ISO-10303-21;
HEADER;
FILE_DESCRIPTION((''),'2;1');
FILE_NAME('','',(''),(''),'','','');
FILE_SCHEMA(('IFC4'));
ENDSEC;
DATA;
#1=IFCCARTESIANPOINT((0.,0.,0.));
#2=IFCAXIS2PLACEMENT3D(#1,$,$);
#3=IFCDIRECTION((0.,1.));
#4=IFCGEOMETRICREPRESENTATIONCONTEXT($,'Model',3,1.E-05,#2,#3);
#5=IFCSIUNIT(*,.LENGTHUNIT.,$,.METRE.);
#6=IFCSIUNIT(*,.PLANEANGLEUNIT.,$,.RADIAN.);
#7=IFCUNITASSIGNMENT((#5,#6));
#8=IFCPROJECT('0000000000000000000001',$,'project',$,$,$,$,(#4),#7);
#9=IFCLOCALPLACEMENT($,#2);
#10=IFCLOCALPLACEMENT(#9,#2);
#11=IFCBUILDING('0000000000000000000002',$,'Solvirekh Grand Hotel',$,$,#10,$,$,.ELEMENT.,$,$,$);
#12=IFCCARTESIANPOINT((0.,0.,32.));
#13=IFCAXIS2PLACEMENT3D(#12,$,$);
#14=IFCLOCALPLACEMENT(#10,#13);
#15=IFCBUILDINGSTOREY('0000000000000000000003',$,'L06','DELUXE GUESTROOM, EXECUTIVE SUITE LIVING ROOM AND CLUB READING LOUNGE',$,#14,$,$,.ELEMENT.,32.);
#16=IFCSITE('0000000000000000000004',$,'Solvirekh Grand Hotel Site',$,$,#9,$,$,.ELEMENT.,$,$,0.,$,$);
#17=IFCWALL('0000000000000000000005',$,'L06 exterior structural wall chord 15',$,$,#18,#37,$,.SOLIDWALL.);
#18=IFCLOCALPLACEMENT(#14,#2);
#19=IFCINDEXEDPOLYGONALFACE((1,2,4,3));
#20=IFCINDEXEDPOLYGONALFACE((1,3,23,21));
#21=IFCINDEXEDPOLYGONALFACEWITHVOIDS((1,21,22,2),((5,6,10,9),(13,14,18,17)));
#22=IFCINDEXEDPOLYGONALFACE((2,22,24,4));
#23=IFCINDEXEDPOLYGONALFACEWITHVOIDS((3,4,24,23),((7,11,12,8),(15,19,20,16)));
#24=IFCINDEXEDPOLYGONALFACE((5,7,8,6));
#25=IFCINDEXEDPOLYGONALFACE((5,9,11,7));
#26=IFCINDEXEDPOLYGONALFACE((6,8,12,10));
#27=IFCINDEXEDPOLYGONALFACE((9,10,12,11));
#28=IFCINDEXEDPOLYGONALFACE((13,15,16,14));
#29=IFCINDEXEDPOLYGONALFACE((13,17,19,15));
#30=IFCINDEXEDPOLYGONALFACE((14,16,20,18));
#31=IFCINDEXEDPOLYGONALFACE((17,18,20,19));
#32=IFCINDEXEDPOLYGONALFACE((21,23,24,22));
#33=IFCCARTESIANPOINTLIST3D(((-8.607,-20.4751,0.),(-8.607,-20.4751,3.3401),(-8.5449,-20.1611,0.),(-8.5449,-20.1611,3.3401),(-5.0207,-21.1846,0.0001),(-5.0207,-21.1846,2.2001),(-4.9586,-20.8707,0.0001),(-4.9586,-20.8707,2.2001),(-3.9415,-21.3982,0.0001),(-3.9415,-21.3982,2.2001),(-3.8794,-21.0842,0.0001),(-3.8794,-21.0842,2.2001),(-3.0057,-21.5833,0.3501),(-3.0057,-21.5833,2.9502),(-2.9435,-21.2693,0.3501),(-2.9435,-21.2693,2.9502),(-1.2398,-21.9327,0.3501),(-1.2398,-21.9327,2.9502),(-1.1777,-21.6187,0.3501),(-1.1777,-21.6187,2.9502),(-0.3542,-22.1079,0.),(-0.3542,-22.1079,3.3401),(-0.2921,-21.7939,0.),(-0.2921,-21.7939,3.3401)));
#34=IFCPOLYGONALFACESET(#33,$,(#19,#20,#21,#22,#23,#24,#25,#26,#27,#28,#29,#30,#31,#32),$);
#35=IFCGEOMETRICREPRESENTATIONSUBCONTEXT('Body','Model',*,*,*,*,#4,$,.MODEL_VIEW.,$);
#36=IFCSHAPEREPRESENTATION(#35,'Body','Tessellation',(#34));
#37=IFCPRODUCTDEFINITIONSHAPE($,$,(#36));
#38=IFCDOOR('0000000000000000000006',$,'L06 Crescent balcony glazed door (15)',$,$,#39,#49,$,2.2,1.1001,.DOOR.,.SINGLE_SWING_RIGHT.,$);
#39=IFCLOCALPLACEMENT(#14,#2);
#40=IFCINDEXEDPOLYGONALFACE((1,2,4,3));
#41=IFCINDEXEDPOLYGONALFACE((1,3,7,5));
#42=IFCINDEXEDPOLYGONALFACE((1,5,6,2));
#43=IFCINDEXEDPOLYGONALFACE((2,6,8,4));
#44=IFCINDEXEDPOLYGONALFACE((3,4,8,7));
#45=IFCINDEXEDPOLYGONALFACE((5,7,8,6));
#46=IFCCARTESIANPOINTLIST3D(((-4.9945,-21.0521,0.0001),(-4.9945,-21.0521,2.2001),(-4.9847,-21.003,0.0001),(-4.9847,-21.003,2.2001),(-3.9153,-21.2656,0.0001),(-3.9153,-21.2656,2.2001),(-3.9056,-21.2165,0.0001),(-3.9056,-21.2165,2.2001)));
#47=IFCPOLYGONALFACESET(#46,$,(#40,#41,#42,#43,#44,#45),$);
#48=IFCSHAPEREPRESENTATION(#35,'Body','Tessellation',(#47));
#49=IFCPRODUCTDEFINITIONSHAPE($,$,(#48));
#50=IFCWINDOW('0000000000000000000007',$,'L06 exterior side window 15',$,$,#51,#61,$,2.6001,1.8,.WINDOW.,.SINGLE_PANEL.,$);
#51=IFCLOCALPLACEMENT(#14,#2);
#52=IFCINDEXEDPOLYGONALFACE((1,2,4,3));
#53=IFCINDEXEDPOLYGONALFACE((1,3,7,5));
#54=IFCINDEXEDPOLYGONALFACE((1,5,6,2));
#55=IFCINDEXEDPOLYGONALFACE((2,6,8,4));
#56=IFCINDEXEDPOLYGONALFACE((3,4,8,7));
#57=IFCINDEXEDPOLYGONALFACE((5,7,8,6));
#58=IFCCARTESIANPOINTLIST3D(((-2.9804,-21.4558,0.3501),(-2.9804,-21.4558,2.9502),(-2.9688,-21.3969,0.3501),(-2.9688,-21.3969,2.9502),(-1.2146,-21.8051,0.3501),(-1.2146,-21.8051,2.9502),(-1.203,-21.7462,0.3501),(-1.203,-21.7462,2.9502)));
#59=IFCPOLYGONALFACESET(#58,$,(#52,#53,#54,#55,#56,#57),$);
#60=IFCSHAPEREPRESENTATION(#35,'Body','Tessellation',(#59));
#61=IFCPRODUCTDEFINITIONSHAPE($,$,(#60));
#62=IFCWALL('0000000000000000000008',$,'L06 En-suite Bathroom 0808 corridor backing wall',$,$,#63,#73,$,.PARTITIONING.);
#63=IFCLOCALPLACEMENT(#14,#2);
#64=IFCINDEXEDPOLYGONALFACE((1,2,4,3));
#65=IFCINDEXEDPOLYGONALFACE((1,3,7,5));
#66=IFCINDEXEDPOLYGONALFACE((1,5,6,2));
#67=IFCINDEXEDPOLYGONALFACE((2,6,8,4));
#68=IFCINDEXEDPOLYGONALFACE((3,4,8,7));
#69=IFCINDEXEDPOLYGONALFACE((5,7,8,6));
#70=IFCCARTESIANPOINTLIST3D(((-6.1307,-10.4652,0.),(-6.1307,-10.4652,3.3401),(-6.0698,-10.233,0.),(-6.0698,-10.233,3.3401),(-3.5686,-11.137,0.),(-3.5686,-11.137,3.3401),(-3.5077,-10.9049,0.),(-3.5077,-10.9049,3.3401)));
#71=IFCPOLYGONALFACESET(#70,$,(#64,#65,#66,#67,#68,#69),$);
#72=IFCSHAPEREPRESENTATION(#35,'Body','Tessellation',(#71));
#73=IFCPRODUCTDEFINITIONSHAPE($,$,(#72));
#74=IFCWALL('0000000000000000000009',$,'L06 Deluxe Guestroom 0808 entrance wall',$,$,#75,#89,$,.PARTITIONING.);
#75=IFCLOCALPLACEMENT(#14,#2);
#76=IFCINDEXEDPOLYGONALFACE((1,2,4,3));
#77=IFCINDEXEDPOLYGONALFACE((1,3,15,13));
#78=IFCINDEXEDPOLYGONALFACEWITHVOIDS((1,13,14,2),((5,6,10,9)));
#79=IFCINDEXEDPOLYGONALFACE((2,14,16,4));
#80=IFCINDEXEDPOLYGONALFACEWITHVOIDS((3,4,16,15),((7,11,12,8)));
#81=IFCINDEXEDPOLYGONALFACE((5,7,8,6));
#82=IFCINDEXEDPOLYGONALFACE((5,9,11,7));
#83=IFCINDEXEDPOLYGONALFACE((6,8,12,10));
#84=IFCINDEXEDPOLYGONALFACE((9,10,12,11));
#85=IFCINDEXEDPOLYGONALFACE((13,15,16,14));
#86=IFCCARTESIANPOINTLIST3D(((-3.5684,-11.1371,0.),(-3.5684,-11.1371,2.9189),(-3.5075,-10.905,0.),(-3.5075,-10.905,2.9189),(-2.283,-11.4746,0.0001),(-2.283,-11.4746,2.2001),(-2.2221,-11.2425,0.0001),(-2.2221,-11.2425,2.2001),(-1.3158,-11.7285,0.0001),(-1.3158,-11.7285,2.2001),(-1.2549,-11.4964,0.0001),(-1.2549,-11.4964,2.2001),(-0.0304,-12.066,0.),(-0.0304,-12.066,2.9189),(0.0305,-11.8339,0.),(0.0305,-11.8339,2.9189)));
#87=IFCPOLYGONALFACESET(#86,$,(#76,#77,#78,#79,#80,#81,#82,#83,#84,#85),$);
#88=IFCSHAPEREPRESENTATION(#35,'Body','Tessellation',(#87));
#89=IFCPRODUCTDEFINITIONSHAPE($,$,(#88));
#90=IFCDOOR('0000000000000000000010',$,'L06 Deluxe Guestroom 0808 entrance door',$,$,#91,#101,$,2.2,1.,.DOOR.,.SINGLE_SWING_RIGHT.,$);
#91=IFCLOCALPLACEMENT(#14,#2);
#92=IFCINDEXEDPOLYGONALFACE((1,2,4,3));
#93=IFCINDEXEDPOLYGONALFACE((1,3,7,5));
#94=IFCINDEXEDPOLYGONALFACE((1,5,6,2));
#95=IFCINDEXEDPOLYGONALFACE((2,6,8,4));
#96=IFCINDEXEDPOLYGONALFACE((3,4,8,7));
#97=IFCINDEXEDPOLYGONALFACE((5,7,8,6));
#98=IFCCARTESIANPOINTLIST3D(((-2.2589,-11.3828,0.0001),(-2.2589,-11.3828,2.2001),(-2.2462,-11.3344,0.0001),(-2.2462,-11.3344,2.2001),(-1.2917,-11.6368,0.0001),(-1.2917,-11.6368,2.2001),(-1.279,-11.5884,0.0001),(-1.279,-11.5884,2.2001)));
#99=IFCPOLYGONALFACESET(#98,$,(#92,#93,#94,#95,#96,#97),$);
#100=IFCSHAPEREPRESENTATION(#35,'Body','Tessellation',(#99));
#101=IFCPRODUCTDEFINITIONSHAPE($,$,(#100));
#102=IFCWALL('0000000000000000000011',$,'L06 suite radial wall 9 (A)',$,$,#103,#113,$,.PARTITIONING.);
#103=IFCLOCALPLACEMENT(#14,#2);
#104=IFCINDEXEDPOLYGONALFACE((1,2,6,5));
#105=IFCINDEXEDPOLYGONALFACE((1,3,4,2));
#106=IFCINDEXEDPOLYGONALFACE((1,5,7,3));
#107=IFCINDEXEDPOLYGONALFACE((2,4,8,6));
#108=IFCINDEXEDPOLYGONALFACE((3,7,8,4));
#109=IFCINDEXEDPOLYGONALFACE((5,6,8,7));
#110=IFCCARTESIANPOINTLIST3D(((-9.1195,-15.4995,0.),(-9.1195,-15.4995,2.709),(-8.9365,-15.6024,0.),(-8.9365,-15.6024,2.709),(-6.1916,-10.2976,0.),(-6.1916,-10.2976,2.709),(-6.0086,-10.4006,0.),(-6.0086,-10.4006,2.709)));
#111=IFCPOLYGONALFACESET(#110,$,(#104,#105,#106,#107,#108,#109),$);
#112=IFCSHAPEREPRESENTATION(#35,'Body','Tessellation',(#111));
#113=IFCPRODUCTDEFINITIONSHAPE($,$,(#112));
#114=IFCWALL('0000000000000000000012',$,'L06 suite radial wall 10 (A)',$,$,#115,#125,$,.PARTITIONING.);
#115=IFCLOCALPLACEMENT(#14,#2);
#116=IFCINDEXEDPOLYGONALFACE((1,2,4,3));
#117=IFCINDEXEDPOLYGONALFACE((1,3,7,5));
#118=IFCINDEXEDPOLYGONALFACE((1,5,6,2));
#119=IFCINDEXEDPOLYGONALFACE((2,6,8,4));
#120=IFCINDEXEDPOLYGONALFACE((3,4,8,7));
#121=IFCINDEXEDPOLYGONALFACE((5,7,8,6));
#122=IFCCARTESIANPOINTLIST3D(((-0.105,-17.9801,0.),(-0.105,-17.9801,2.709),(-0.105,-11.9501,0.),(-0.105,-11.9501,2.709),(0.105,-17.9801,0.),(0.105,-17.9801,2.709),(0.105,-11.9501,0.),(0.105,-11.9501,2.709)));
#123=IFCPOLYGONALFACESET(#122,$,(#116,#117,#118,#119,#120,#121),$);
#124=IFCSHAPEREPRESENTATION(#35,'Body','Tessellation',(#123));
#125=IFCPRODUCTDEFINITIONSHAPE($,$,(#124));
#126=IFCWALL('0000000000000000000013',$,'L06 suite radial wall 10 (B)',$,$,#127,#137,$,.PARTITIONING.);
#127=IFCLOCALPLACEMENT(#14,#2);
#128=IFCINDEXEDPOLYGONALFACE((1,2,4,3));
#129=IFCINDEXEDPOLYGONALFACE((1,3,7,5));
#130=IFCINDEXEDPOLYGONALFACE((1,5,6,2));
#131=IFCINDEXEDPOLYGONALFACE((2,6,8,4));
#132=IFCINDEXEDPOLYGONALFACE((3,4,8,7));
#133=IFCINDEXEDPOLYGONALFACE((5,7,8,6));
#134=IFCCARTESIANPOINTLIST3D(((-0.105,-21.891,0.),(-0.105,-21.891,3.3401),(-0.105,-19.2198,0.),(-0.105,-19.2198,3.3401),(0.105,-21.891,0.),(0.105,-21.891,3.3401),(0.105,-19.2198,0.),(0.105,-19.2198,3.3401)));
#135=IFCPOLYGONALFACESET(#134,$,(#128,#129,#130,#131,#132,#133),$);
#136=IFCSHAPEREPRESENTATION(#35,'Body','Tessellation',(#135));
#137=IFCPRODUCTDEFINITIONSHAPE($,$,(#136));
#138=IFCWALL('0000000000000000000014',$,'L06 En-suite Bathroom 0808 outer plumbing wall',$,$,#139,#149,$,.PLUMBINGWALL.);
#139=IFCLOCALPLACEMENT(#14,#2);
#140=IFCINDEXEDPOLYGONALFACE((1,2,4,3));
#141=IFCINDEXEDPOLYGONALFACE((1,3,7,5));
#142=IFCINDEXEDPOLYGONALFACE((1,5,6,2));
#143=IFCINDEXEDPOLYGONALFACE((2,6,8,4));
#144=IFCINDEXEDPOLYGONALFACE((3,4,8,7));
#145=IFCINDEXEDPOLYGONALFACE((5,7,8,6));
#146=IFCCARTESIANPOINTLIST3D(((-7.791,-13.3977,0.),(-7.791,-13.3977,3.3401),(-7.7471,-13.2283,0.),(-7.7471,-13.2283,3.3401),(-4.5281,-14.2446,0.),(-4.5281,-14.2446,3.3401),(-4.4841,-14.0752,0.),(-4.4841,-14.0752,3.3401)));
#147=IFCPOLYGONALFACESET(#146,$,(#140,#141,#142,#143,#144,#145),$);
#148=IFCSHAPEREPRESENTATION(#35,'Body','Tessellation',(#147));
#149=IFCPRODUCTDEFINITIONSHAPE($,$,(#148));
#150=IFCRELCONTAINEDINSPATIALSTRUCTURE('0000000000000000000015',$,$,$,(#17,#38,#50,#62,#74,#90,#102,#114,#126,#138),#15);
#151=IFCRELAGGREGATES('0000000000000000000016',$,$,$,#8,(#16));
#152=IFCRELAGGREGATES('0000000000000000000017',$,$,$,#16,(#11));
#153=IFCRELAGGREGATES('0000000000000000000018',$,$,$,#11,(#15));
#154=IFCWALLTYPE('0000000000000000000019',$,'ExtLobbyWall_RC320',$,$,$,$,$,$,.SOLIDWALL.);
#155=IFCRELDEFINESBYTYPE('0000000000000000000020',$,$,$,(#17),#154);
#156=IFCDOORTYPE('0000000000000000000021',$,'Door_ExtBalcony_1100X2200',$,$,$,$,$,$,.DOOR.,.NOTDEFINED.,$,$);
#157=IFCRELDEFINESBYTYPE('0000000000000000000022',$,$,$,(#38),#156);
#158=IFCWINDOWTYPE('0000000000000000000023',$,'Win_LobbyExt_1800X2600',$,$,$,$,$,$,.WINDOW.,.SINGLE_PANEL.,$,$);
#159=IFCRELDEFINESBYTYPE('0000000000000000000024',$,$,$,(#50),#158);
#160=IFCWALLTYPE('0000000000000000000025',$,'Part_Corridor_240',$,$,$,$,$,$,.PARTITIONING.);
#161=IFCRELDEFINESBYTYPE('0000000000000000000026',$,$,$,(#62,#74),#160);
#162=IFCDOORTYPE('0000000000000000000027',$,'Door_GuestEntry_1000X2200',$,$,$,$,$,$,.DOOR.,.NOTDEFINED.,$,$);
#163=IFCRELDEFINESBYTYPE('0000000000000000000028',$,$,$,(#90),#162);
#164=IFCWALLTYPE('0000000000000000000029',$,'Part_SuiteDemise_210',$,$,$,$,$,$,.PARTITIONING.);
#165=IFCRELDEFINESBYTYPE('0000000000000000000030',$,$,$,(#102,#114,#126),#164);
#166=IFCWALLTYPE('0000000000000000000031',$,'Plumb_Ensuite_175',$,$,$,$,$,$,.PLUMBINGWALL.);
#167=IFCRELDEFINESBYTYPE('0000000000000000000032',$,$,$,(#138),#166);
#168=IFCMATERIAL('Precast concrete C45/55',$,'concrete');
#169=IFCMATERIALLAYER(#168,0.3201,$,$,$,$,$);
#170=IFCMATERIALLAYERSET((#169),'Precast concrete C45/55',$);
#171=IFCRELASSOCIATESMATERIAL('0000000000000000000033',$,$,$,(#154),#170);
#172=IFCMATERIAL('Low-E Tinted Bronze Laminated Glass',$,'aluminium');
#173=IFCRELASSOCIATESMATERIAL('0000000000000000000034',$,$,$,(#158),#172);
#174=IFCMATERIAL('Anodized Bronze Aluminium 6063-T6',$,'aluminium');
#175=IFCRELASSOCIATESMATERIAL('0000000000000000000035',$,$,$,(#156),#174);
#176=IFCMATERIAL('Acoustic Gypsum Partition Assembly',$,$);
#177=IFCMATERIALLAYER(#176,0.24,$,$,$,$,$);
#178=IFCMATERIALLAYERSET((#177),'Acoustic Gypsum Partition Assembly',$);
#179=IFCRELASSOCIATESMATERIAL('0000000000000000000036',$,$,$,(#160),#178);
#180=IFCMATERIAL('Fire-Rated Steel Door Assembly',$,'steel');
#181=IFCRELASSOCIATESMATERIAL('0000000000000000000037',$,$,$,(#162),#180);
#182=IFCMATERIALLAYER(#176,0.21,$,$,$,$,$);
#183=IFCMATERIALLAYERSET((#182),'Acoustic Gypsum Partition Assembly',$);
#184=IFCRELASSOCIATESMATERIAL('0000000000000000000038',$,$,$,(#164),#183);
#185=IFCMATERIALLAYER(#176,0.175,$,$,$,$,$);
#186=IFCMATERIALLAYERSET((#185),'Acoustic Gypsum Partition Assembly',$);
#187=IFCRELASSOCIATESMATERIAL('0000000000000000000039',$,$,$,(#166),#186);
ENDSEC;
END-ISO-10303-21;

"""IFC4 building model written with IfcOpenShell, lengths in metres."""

from ifc_helpers import new_model, si_unit, direction, frame, frame_2d, origin, place, context, subcontext, project, spatial, rectangle, extrude, material, layer, layer_set, type_object, element, fill, save


model = new_model("IFC4")

# Units and contexts
model_context = context("Model", 3, precision=1e-05, world=origin(), true_north=direction((0.0, 1.0)))
body_context = subcontext(model_context, "Body", "Model", "MODEL_VIEW")
ifc_project = project(units=[si_unit("LENGTHUNIT", "METRE"), si_unit("PLANEANGLEUNIT", "RADIAN")], contexts=[model_context])

# Site, building, storey
site_placement = place(None, origin())
site = spatial("IfcSite", under=ifc_project, at=site_placement, Name="Solvirekh Grand Hotel Site", CompositionType="ELEMENT", RefElevation=0.0)
building_placement = place(site_placement, origin())
building = spatial("IfcBuilding", under=site, at=building_placement, Name="Solvirekh Grand Hotel", CompositionType="ELEMENT")
storey_placement = place(building_placement, frame((0.0, 0.0, 32.0)))
storey = spatial("IfcBuildingStorey", under=building, at=storey_placement, Name="L06", Description="DELUXE GUESTROOM, EXECUTIVE SUITE LIVING ROOM AND CLUB READING LOUNGE", CompositionType="ELEMENT", Elevation=32.0)

# Shared definitions
ifc_material_1 = material(Name="Precast concrete C45/55", Category="concrete")
ifc_layer_1 = layer(ifc_material_1, 0.3201)
ifc_layer_set_1 = layer_set([ifc_layer_1], Name="Precast concrete C45/55")
wall_type_1 = type_object("IfcWallType", Name="ExtLobbyWall_RC320", PredefinedType="SOLIDWALL", material=ifc_layer_set_1)
ifc_material_2 = material(Name="Low-E Tinted Bronze Laminated Glass", Category="aluminium")
window_type = type_object("IfcWindowType", Name="Win_LobbyExt_1800X2600", PartitioningType="SINGLE_PANEL", PredefinedType="WINDOW", material=ifc_material_2)

# Wall, openings, door, window
wall_1_placement = place(storey_placement, frame((-0.323, -21.9509, 0.0), z_axis=(0.0, 0.0, 1.0), x_axis=(-0.980985, 0.194084, 0.0)))
wall_1 = element("IfcWall", 1, at=wall_1_placement, inside=storey, type_object=wall_type_1, Name="L06 exterior structural wall chord 15", PredefinedType="SOLIDWALL", context=body_context, shape_type="SweptSolid", body=[
    extrude(rectangle(XDim=8.4128, YDim=0.3201, at=frame_2d((4.2065, 0.0))), origin(), (0.0, 0.0, 1.0), 3.3401),
])
opening_1_placement = place(wall_1_placement, frame((0.9031, 0.0, 0.3501)))
opening_1 = element("IfcOpeningElement", 2, at=opening_1_placement, cuts=wall_1, PredefinedType="OPENING", context=body_context, shape_type="SweptSolid", body=[
    extrude(rectangle(XDim=1.8, YDim=2.6001, at=frame_2d((0.8999, 1.3))), frame((0.0, 0.1699, 0.0), z_axis=(0.0, -1.0, 0.0), x_axis=(1.0, 0.0, 0.0)), (0.0, 0.0, 1.0), 0.3401),
])
opening_2_placement = place(wall_1_placement, frame((3.657, 0.0, 0.0)))
opening_2 = element("IfcOpeningElement", 3, at=opening_2_placement, cuts=wall_1, PredefinedType="OPENING", context=body_context, shape_type="SweptSolid", body=[
    extrude(rectangle(XDim=1.1001, YDim=2.2, at=frame_2d((0.55, 1.1001))), frame((0.0, 0.1699, 0.0), z_axis=(0.0, -1.0, 0.0), x_axis=(1.0, 0.0, 0.0)), (0.0, 0.0, 1.0), 0.3401),
])
ifc_material_3 = material(Name="Anodized Bronze Aluminium 6063-T6", Category="aluminium")
door_type_1 = type_object("IfcDoorType", Name="Door_ExtBalcony_1100X2200", OperationType="NOTDEFINED", PredefinedType="DOOR", material=ifc_material_3)
door_1_placement = place(opening_2_placement, origin())
door_1 = element("IfcDoor", 4, at=door_1_placement, inside=storey, type_object=door_type_1, Name="L06 Crescent balcony glazed door (15)", OperationType="SINGLE_SWING_RIGHT", OverallHeight=2.2, OverallWidth=1.1001, PredefinedType="DOOR", context=body_context, shape_type="SweptSolid", body=[
    extrude(rectangle(XDim=1.1001, YDim=2.2, at=frame_2d((0.55, 1.1001))), frame((0.0, 0.0249, 0.0), z_axis=(0.0, -1.0, 0.0), x_axis=(1.0, 0.0, 0.0)), (0.0, 0.0, 1.0), 0.05),
])
fill(opening_2, door_1)
window_1_placement = place(opening_1_placement, origin())
window_1 = element("IfcWindow", 5, at=window_1_placement, inside=storey, type_object=window_type, Name="L06 exterior side window 15", OverallHeight=2.6001, OverallWidth=1.8, PartitioningType="SINGLE_PANEL", PredefinedType="WINDOW", context=body_context, shape_type="SweptSolid", body=[
    extrude(rectangle(XDim=1.8, YDim=2.6001, at=frame_2d((0.8999, 1.3))), frame((0.0, 0.03, 0.0), z_axis=(0.0, -1.0, 0.0), x_axis=(1.0, 0.0, 0.0)), (0.0, 0.0, 1.0), 0.0601),
])
fill(opening_1, window_1)

# Wall
ifc_material_4 = material(Name="Acoustic Gypsum Partition Assembly")
ifc_layer_2 = layer(ifc_material_4, 0.24)
ifc_layer_set_2 = layer_set([ifc_layer_2], Name="Acoustic Gypsum Partition Assembly")
wall_type_2 = type_object("IfcWallType", Name="Part_Corridor_240", PredefinedType="PARTITIONING", material=ifc_layer_set_2)
wall_2_placement = place(storey_placement, frame((-6.1001, -10.3491, 0.0), z_axis=(0.0, 0.0, 1.0), x_axis=(0.967291, -0.253667, 0.0)))
element("IfcWall", 6, at=wall_2_placement, inside=storey, type_object=wall_type_2, Name="L06 En-suite Bathroom 0808 corridor backing wall", PredefinedType="PARTITIONING", context=body_context, shape_type="SweptSolid", body=[
    extrude(rectangle(XDim=2.6487, YDim=0.24, at=frame_2d((1.3242, 0.0))), origin(), (0.0, 0.0, 1.0), 3.3401),
])

# Wall, opening, door
wall_3_placement = place(storey_placement, frame((-3.5381, -11.021, 0.0), z_axis=(0.0, 0.0, 1.0), x_axis=(0.967217, -0.253951, 0.0)))
wall_3 = element("IfcWall", 7, at=wall_3_placement, inside=storey, type_object=wall_type_2, Name="L06 Deluxe Guestroom 0808 entrance wall", PredefinedType="PARTITIONING", context=body_context, shape_type="SweptSolid", body=[
    extrude(rectangle(XDim=3.658, YDim=0.24, at=frame_2d((1.8291, 0.0))), origin(), (0.0, 0.0, 1.0), 2.9189),
])
opening_3_placement = place(wall_3_placement, frame((1.3291, 0.0, 0.0)))
opening_3 = element("IfcOpeningElement", 8, at=opening_3_placement, cuts=wall_3, PredefinedType="OPENING", context=body_context, shape_type="SweptSolid", body=[
    extrude(rectangle(XDim=1.0, YDim=2.2, at=frame_2d((0.5, 1.1001))), frame((0.0, 0.1299, 0.0), z_axis=(0.0, -1.0, 0.0), x_axis=(1.0, 0.0, 0.0)), (0.0, 0.0, 1.0), 0.26),
])
ifc_material_5 = material(Name="Fire-Rated Steel Door Assembly", Category="steel")
door_type_2 = type_object("IfcDoorType", Name="Door_GuestEntry_1000X2200", OperationType="NOTDEFINED", PredefinedType="DOOR", material=ifc_material_5)
door_2_placement = place(opening_3_placement, origin())
door_2 = element("IfcDoor", 9, at=door_2_placement, inside=storey, type_object=door_type_2, Name="L06 Deluxe Guestroom 0808 entrance door", OperationType="SINGLE_SWING_RIGHT", OverallHeight=2.2, OverallWidth=1.0, PredefinedType="DOOR", context=body_context, shape_type="SweptSolid", body=[
    extrude(rectangle(XDim=1.0, YDim=2.2, at=frame_2d((0.5, 1.1001))), frame((0.0, 0.0249, 0.0), z_axis=(0.0, -1.0, 0.0), x_axis=(1.0, 0.0, 0.0)), (0.0, 0.0, 1.0), 0.05),
])
fill(opening_3, door_2)

# Walls
ifc_layer_3 = layer(ifc_material_4, 0.21)
ifc_layer_set_3 = layer_set([ifc_layer_3], Name="Acoustic Gypsum Partition Assembly")
wall_type_3 = type_object("IfcWallType", Name="Part_SuiteDemise_210", PredefinedType="PARTITIONING", material=ifc_layer_set_3)
wall_4_placement = place(storey_placement, frame((-6.1001, -10.3491, 0.0), z_axis=(0.0, 0.0, 1.0), x_axis=(-0.490504, -0.871439, 0.0)))
element("IfcWall", 10, at=wall_4_placement, inside=storey, type_object=wall_type_3, Name="L06 suite radial wall 9 (A)", PredefinedType="PARTITIONING", context=body_context, shape_type="SweptSolid", body=[
    extrude(rectangle(XDim=5.9692, YDim=0.21, at=frame_2d((2.9846, 0.0))), origin(), (0.0, 0.0, 1.0), 2.709),
])
wall_5_placement = place(storey_placement, frame((0.0, -11.95, 0.0), z_axis=(0.0, 0.0, 1.0), x_axis=(0.0, -1.0, 0.0)))
element("IfcWall", 11, at=wall_5_placement, inside=storey, type_object=wall_type_3, Name="L06 suite radial wall 10 (A)", PredefinedType="PARTITIONING", context=body_context, shape_type="SweptSolid", body=[
    extrude(rectangle(XDim=6.03, YDim=0.21, at=frame_2d((3.0151, 0.0))), origin(), (0.0, 0.0, 1.0), 2.709),
])
wall_6_placement = place(storey_placement, frame((0.0, -19.22, 0.0), z_axis=(0.0, 0.0, 1.0), x_axis=(0.0, -1.0, 0.0)))
element("IfcWall", 12, at=wall_6_placement, inside=storey, type_object=wall_type_3, Name="L06 suite radial wall 10 (B)", PredefinedType="PARTITIONING", context=body_context, shape_type="SweptSolid", body=[
    extrude(rectangle(XDim=2.6711, YDim=0.21, at=frame_2d((1.3354, 0.0))), origin(), (0.0, 0.0, 1.0), 3.3401),
])
ifc_layer_4 = layer(ifc_material_4, 0.175)
ifc_layer_set_4 = layer_set([ifc_layer_4], Name="Acoustic Gypsum Partition Assembly")
wall_type_4 = type_object("IfcWallType", Name="Plumb_Ensuite_175", PredefinedType="PLUMBINGWALL", material=ifc_layer_set_4)
wall_7_placement = place(storey_placement, frame((-7.769, -13.313, 0.0), z_axis=(0.0, 0.0, 1.0), x_axis=(0.967926, -0.251234, 0.0)))
element("IfcWall", 13, at=wall_7_placement, inside=storey, type_object=wall_type_4, Name="L06 En-suite Bathroom 0808 outer plumbing wall", PredefinedType="PLUMBINGWALL", context=body_context, shape_type="SweptSolid", body=[
    extrude(rectangle(XDim=3.3711, YDim=0.175, at=frame_2d((1.6855, 0.0))), origin(), (0.0, 0.0, 1.0), 3.3401),
])

save(model, "model.ifc")
